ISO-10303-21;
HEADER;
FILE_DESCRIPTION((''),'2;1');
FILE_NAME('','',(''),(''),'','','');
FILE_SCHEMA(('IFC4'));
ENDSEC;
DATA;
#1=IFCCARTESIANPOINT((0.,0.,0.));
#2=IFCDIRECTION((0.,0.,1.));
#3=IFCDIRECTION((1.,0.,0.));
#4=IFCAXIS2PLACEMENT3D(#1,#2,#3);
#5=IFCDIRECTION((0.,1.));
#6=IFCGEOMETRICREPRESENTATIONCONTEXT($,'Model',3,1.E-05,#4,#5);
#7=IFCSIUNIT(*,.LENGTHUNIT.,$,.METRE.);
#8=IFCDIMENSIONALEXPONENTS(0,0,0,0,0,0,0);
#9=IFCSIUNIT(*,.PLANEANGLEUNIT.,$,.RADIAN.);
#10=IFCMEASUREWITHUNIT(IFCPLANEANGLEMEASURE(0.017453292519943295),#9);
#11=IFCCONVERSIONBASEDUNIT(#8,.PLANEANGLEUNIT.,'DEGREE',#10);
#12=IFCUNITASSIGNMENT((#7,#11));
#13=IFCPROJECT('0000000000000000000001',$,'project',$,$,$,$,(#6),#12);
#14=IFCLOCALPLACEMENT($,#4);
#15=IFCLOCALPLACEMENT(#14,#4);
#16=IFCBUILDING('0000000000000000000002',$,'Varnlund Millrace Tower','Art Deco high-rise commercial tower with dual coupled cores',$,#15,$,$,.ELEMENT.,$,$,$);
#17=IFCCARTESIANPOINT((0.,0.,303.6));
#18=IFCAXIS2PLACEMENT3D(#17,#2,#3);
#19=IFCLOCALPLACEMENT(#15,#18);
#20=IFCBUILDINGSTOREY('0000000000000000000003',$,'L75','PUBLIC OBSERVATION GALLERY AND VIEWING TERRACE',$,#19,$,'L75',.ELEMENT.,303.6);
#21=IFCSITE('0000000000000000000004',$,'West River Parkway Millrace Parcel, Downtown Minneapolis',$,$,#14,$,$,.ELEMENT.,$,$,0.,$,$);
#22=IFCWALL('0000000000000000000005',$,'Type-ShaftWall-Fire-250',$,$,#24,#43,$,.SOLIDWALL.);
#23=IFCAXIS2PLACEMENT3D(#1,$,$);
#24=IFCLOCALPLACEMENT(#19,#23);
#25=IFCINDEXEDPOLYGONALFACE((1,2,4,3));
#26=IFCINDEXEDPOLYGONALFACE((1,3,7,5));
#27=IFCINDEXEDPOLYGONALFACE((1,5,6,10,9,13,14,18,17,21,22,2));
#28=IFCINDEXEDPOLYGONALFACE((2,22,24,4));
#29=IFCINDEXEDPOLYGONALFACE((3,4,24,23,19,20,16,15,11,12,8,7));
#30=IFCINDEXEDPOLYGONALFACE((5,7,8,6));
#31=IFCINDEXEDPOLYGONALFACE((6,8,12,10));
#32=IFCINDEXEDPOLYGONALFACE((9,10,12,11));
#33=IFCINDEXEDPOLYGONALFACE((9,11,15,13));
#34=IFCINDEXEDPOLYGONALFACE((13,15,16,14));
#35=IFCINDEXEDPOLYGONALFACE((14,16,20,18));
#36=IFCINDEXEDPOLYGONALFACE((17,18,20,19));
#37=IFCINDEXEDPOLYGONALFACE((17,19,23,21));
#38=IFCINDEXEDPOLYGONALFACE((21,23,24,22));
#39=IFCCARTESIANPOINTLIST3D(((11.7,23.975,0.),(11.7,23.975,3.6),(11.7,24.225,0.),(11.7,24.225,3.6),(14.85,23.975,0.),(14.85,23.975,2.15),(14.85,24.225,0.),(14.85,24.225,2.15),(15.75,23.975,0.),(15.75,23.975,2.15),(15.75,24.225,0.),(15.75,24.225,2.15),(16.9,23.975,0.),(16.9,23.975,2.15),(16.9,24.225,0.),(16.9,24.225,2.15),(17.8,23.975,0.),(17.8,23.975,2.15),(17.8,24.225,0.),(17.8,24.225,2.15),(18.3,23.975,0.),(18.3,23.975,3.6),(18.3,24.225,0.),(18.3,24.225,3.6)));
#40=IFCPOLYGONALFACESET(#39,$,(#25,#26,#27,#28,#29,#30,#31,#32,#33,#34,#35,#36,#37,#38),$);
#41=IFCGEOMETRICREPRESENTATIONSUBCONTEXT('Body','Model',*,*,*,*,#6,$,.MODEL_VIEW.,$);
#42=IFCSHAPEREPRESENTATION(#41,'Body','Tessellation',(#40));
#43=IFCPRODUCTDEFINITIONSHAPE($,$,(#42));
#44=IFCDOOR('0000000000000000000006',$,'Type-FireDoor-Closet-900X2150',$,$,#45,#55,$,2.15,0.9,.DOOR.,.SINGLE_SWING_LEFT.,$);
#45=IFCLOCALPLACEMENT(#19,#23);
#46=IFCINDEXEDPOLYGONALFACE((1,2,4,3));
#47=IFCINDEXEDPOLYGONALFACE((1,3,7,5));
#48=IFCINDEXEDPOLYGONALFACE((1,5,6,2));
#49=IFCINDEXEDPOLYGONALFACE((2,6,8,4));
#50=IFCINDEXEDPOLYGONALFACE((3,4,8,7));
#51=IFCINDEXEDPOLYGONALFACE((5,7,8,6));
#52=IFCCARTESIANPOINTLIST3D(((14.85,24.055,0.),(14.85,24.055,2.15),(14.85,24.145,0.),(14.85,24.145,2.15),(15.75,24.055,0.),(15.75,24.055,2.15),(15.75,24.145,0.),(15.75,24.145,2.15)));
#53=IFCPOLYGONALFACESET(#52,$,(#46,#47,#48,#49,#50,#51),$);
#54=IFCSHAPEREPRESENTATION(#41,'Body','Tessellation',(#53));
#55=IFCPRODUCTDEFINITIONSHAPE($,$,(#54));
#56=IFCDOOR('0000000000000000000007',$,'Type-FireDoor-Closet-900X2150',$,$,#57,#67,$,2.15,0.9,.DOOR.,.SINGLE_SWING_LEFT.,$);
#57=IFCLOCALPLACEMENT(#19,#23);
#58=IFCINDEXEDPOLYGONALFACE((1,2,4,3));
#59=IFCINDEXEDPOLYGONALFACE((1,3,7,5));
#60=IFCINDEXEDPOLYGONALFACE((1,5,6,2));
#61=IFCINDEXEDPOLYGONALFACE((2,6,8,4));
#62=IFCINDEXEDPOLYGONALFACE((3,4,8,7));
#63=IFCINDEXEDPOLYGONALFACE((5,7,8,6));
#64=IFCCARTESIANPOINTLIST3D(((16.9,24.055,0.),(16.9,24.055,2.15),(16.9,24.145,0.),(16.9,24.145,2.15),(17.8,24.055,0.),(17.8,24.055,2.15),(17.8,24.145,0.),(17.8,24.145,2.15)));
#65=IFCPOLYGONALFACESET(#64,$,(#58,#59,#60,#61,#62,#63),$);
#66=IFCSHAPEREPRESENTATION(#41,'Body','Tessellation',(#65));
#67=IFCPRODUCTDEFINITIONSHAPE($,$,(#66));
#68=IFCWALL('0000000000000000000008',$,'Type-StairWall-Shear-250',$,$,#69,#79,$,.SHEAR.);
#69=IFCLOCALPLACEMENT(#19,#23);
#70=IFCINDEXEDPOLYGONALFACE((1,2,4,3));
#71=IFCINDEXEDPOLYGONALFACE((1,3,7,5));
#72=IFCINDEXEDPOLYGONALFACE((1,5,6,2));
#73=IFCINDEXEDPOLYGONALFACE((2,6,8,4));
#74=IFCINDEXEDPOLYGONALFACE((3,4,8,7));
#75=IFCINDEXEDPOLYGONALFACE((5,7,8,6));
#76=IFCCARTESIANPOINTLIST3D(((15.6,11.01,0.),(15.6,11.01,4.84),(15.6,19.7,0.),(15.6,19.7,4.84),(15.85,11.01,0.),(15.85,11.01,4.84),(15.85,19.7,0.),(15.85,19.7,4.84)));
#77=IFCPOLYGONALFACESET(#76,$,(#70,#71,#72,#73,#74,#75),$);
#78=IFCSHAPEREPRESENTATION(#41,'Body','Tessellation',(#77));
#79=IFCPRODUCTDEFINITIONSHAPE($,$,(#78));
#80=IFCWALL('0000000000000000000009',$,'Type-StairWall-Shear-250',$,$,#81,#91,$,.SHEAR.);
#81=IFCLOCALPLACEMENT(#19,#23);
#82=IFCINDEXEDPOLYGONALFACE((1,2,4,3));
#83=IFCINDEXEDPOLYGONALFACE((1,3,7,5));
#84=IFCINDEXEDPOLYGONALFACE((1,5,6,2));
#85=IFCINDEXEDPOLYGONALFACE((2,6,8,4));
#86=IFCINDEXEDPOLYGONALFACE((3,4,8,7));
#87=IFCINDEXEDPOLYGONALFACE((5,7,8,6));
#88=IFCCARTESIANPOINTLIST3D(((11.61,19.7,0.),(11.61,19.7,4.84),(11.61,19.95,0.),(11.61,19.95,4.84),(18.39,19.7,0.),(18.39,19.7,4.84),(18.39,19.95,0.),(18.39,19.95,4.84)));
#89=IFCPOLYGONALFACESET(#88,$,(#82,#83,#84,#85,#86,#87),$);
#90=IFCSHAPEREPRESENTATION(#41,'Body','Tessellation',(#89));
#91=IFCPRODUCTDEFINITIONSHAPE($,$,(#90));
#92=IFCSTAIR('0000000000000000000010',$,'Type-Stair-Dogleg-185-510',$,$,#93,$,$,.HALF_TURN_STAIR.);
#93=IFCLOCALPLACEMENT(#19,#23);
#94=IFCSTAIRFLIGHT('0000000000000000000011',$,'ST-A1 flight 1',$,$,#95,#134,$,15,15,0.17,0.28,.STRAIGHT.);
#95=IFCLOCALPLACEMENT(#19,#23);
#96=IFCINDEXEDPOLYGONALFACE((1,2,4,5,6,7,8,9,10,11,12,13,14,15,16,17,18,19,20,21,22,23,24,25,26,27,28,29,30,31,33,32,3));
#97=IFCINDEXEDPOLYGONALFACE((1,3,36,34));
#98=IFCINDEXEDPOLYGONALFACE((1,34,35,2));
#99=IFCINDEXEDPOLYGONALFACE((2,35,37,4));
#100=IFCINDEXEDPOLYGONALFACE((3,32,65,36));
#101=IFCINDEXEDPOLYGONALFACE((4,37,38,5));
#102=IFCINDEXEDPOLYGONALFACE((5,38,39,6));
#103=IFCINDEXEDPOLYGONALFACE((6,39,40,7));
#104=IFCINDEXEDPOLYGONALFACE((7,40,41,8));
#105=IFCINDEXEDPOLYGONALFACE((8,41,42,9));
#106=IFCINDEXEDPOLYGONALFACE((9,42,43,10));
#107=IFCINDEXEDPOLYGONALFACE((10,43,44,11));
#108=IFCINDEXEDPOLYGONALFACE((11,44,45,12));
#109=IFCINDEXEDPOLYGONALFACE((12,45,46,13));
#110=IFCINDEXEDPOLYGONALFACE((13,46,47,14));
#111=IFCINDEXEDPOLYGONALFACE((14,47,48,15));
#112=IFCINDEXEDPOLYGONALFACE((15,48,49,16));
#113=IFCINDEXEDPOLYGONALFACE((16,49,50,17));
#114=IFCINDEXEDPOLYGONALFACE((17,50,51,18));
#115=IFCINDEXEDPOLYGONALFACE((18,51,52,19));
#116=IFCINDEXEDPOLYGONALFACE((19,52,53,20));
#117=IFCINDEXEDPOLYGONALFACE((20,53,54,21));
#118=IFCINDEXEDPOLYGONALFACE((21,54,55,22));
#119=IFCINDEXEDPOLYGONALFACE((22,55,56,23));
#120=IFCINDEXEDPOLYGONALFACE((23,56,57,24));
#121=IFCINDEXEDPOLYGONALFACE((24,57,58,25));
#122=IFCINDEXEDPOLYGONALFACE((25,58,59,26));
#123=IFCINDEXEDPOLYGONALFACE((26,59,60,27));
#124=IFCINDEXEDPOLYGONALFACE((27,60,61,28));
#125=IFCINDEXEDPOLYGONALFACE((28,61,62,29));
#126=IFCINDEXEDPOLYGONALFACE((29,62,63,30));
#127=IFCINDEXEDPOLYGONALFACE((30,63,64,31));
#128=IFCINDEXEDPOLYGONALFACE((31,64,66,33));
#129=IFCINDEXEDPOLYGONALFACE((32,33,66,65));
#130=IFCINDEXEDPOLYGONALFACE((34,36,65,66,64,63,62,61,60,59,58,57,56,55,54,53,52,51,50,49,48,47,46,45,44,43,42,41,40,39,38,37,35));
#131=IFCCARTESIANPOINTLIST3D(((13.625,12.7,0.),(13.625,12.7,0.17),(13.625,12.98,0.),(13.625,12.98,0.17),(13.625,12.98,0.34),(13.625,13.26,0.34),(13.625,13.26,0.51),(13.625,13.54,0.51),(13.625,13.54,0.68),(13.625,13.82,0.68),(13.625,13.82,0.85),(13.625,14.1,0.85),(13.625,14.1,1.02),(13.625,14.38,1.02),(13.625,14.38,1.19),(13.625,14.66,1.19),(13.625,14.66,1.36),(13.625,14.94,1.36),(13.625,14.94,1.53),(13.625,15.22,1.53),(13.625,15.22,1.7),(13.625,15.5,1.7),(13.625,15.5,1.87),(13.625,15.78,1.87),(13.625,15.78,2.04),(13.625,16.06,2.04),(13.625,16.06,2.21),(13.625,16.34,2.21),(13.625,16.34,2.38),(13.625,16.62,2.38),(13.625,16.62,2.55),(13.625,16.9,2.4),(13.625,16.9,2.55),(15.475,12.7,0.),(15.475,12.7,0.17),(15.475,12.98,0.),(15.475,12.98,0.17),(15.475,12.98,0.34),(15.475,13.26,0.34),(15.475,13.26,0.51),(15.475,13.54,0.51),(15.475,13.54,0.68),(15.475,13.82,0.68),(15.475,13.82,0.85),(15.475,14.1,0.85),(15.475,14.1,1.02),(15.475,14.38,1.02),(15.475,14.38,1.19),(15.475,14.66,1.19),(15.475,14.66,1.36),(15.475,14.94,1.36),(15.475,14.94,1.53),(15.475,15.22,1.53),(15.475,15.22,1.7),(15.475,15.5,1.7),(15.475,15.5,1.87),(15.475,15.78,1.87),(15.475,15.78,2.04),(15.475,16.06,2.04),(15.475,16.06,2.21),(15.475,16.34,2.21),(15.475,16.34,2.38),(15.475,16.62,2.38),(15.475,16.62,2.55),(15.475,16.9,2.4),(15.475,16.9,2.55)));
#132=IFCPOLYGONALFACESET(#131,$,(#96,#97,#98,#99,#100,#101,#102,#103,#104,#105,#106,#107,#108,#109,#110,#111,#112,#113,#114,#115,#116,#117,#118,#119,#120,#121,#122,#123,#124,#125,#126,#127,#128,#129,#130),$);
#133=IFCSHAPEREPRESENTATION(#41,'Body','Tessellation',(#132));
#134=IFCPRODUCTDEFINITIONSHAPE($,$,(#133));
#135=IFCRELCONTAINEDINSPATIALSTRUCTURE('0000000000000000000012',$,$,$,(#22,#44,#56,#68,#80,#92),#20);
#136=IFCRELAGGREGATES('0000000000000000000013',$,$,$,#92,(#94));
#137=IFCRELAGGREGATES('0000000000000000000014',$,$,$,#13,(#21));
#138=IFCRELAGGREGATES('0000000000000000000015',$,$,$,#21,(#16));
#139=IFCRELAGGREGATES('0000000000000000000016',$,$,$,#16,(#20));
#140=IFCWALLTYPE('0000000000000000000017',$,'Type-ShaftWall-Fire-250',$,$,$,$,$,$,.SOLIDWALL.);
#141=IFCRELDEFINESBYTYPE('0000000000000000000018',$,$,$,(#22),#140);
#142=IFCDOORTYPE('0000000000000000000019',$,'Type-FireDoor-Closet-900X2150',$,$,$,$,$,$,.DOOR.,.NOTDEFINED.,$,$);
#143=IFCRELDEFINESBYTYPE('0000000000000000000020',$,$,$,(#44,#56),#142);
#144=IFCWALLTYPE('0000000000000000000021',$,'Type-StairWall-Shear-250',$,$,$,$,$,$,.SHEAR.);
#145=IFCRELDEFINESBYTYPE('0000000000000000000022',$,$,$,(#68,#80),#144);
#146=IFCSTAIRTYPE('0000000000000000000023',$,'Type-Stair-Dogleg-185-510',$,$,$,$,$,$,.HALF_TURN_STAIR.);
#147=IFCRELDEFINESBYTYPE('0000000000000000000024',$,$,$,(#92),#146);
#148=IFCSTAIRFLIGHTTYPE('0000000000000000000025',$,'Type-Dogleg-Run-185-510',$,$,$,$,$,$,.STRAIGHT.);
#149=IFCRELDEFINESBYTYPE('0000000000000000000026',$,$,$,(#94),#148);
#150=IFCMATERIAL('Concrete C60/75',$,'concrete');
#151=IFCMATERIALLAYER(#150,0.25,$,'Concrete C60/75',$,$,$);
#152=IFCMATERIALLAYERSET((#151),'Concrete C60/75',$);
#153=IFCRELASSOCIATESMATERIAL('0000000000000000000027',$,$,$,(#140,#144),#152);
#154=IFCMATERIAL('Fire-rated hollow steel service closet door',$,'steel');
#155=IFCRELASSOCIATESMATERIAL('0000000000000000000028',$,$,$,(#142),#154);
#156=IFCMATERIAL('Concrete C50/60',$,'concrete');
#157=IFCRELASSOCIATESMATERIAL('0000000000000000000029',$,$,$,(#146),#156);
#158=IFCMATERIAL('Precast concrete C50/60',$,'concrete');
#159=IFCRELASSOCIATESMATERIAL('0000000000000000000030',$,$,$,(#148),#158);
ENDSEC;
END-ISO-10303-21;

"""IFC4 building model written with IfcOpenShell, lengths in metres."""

from ifc_helpers import new_model, entity, si_unit, converted_unit, direction, frame, origin_with_axes, origin_2d_with_axis, place, context, subcontext, project, spatial, polyline, rectangle, outline, extrude, material, layer, layer_set, type_object, element, fill, aggregate, save


model = new_model("IFC4")

# Units and contexts
model_context = context("Model", 3, precision=1e-05, world=origin_with_axes(), true_north=direction((0.0, 1.0)))
body_context = subcontext(model_context, "Body", "Model", "MODEL_VIEW")
ifc_project = project(units=[si_unit("LENGTHUNIT", "METRE"), converted_unit("PLANEANGLEUNIT", "DEGREE", entity("IfcPlaneAngleMeasure", 0.017453292519943295), si_unit("PLANEANGLEUNIT", "RADIAN"), dimensions=[0, 0, 0, 0, 0, 0, 0])], contexts=[model_context])

# Site, building, storey
site_placement = place(None, origin_with_axes())
site = spatial("IfcSite", under=ifc_project, at=site_placement, Name="West River Parkway Millrace Parcel, Downtown Minneapolis", CompositionType="ELEMENT", RefElevation=0.0)
building_placement = place(site_placement, origin_with_axes())
building = spatial("IfcBuilding", under=site, at=building_placement, Name="Varnlund Millrace Tower", Description="Art Deco high-rise commercial tower with dual coupled cores", CompositionType="ELEMENT")
storey_placement = place(building_placement, frame((0.0, 0.0, 303.6), z_axis=(0.0, 0.0, 1.0), x_axis=(1.0, 0.0, 0.0)))
storey = spatial("IfcBuildingStorey", under=building, at=storey_placement, Name="L75", Description="PUBLIC OBSERVATION GALLERY AND VIEWING TERRACE", LongName="L75", CompositionType="ELEMENT", Elevation=303.6)

# Shared definitions
ifc_material_1 = material(Name="Concrete C50/60", Category="concrete")

# Shared definitions
ifc_material_2 = material(Name="Concrete C60/75", Category="concrete")

# Wall, openings, doors
ifc_layer_1 = layer(ifc_material_2, 0.25, Name="Concrete C60/75")
ifc_layer_set_1 = layer_set([ifc_layer_1], Name="Concrete C60/75")
wall_type_1 = type_object("IfcWallType", Name="Type-ShaftWall-Fire-250", PredefinedType="SOLIDWALL", material=ifc_layer_set_1)
wall_1_placement = place(storey_placement, frame((11.7, 24.1, 0.0), z_axis=(0.0, 0.0, 1.0), x_axis=(1.0, 0.0, 0.0)))
wall_1 = element("IfcWall", 1, at=wall_1_placement, inside=storey, type_object=wall_type_1, Name="Type-ShaftWall-Fire-250", PredefinedType="SOLIDWALL", context=body_context, shape_type="SweptSolid", body=[
    extrude(outline(polyline([(0.0, -0.125), (6.6, -0.125), (6.6, 0.125), (0.0, 0.125), (0.0, -0.125)])), origin_with_axes(), (0.0, 0.0, 1.0), 3.6),
])
opening_1_placement = place(wall_1_placement, frame((3.6, 0.0, 0.0), z_axis=(0.0, 0.0, 1.0), x_axis=(1.0, 0.0, 0.0)))
opening_1 = element("IfcOpeningElement", 2, at=opening_1_placement, cuts=wall_1, PredefinedType="OPENING", context=body_context, shape_type="SweptSolid", body=[
    extrude(rectangle(XDim=0.9, YDim=0.27, at=origin_2d_with_axis()), origin_with_axes(), (0.0, 0.0, 1.0), 2.15),
])
opening_2_placement = place(wall_1_placement, frame((5.65, 0.0, 0.0), z_axis=(0.0, 0.0, 1.0), x_axis=(1.0, 0.0, 0.0)))
opening_2 = element("IfcOpeningElement", 3, at=opening_2_placement, cuts=wall_1, PredefinedType="OPENING", context=body_context, shape_type="SweptSolid", body=[
    extrude(rectangle(XDim=0.9, YDim=0.27, at=origin_2d_with_axis()), origin_with_axes(), (0.0, 0.0, 1.0), 2.15),
])
ifc_material_3 = material(Name="Fire-rated hollow steel service closet door", Category="steel")
door_type_1 = type_object("IfcDoorType", Name="Type-FireDoor-Closet-900X2150", OperationType="NOTDEFINED", PredefinedType="DOOR", material=ifc_material_3)
door_1_placement = place(wall_1_placement, frame((3.6, 0.0, 0.0), z_axis=(0.0, 0.0, 1.0), x_axis=(1.0, 0.0, 0.0)))
door_1 = element("IfcDoor", 4, at=door_1_placement, inside=storey, type_object=door_type_1, Name="Type-FireDoor-Closet-900X2150", OperationType="SINGLE_SWING_LEFT", OverallHeight=2.15, OverallWidth=0.9, PredefinedType="DOOR", context=body_context, shape_type="SweptSolid", body=[
    extrude(rectangle(XDim=0.9, YDim=0.09, at=origin_2d_with_axis()), origin_with_axes(), (0.0, 0.0, 1.0), 2.15),
])
fill(opening_1, door_1)
door_2_placement = place(wall_1_placement, frame((5.65, 0.0, 0.0), z_axis=(0.0, 0.0, 1.0), x_axis=(1.0, 0.0, 0.0)))
door_2 = element("IfcDoor", 5, at=door_2_placement, inside=storey, type_object=door_type_1, Name="Type-FireDoor-Closet-900X2150", OperationType="SINGLE_SWING_LEFT", OverallHeight=2.15, OverallWidth=0.9, PredefinedType="DOOR", context=body_context, shape_type="SweptSolid", body=[
    extrude(rectangle(XDim=0.9, YDim=0.09, at=origin_2d_with_axis()), origin_with_axes(), (0.0, 0.0, 1.0), 2.15),
])
fill(opening_2, door_2)

# Walls
wall_type_2 = type_object("IfcWallType", Name="Type-StairWall-Shear-250", PredefinedType="SHEAR", material=ifc_layer_set_1)
wall_2_placement = place(storey_placement, frame((15.725, 11.01, 0.0), z_axis=(0.0, 0.0, 1.0), x_axis=(0.0, 1.0, 0.0)))
element("IfcWall", 6, at=wall_2_placement, inside=storey, type_object=wall_type_2, Name="Type-StairWall-Shear-250", PredefinedType="SHEAR", context=body_context, shape_type="SweptSolid", body=[
    extrude(outline(polyline([(0.0, -0.125), (8.69, -0.125), (8.69, 0.125), (0.0, 0.125), (0.0, -0.125)])), origin_with_axes(), (0.0, 0.0, 1.0), 4.84),
])
wall_3_placement = place(storey_placement, frame((11.61, 19.825, 0.0), z_axis=(0.0, 0.0, 1.0), x_axis=(1.0, 0.0, 0.0)))
element("IfcWall", 7, at=wall_3_placement, inside=storey, type_object=wall_type_2, Name="Type-StairWall-Shear-250", PredefinedType="SHEAR", context=body_context, shape_type="SweptSolid", body=[
    extrude(outline(polyline([(0.0, -0.125), (6.78, -0.125), (6.78, 0.125), (0.0, 0.125), (0.0, -0.125)])), origin_with_axes(), (0.0, 0.0, 1.0), 4.84),
])

# Stair, stair flight
stair_type = type_object("IfcStairType", Name="Type-Stair-Dogleg-185-510", PredefinedType="HALF_TURN_STAIR", material=ifc_material_1)
stair_placement = place(storey_placement, origin_with_axes())
stair = element("IfcStair", 8, at=stair_placement, inside=storey, type_object=stair_type, Name="Type-Stair-Dogleg-185-510", PredefinedType="HALF_TURN_STAIR")
ifc_material_4 = material(Name="Precast concrete C50/60", Category="concrete")
stair_flight_type = type_object("IfcStairFlightType", Name="Type-Dogleg-Run-185-510", PredefinedType="STRAIGHT", material=ifc_material_4)
stair_flight_placement = place(storey_placement, frame((13.625, 12.7, 0.0), z_axis=(1.0, 0.0, 0.0), x_axis=(0.0, 1.0, 0.0)))
stair_flight = element("IfcStairFlight", 9, at=stair_flight_placement, type_object=stair_flight_type, Name="ST-A1 flight 1", NumberOfRisers=15, NumberOfTreads=15, PredefinedType="STRAIGHT", RiserHeight=0.17, TreadLength=0.28, context=body_context, shape_type="SweptSolid", body=[
    extrude(outline(polyline([(0.0, 0.0), (0.0, 0.17), (0.28, 0.17), (0.28, 0.34), (0.56, 0.34), (0.56, 0.51), (0.84, 0.51), (0.84, 0.68), (1.12, 0.68), (1.12, 0.85), (1.4, 0.85), (1.4, 1.02), (1.68, 1.02), (1.68, 1.19), (1.96, 1.19), (1.96, 1.36), (2.24, 1.36), (2.24, 1.53), (2.52, 1.53), (2.52, 1.7), (2.8, 1.7), (2.8, 1.87), (3.08, 1.87), (3.08, 2.04), (3.36, 2.04), (3.36, 2.21), (3.64, 2.21), (3.64, 2.38), (3.92, 2.38), (3.92, 2.55), (4.2, 2.55), (4.2, 2.4), (0.28, 0.0), (0.0, 0.0)])), origin_with_axes(), (0.0, 0.0, 1.0), 1.85),
])
aggregate(stair, [stair_flight])

save(model, "model.ifc")
